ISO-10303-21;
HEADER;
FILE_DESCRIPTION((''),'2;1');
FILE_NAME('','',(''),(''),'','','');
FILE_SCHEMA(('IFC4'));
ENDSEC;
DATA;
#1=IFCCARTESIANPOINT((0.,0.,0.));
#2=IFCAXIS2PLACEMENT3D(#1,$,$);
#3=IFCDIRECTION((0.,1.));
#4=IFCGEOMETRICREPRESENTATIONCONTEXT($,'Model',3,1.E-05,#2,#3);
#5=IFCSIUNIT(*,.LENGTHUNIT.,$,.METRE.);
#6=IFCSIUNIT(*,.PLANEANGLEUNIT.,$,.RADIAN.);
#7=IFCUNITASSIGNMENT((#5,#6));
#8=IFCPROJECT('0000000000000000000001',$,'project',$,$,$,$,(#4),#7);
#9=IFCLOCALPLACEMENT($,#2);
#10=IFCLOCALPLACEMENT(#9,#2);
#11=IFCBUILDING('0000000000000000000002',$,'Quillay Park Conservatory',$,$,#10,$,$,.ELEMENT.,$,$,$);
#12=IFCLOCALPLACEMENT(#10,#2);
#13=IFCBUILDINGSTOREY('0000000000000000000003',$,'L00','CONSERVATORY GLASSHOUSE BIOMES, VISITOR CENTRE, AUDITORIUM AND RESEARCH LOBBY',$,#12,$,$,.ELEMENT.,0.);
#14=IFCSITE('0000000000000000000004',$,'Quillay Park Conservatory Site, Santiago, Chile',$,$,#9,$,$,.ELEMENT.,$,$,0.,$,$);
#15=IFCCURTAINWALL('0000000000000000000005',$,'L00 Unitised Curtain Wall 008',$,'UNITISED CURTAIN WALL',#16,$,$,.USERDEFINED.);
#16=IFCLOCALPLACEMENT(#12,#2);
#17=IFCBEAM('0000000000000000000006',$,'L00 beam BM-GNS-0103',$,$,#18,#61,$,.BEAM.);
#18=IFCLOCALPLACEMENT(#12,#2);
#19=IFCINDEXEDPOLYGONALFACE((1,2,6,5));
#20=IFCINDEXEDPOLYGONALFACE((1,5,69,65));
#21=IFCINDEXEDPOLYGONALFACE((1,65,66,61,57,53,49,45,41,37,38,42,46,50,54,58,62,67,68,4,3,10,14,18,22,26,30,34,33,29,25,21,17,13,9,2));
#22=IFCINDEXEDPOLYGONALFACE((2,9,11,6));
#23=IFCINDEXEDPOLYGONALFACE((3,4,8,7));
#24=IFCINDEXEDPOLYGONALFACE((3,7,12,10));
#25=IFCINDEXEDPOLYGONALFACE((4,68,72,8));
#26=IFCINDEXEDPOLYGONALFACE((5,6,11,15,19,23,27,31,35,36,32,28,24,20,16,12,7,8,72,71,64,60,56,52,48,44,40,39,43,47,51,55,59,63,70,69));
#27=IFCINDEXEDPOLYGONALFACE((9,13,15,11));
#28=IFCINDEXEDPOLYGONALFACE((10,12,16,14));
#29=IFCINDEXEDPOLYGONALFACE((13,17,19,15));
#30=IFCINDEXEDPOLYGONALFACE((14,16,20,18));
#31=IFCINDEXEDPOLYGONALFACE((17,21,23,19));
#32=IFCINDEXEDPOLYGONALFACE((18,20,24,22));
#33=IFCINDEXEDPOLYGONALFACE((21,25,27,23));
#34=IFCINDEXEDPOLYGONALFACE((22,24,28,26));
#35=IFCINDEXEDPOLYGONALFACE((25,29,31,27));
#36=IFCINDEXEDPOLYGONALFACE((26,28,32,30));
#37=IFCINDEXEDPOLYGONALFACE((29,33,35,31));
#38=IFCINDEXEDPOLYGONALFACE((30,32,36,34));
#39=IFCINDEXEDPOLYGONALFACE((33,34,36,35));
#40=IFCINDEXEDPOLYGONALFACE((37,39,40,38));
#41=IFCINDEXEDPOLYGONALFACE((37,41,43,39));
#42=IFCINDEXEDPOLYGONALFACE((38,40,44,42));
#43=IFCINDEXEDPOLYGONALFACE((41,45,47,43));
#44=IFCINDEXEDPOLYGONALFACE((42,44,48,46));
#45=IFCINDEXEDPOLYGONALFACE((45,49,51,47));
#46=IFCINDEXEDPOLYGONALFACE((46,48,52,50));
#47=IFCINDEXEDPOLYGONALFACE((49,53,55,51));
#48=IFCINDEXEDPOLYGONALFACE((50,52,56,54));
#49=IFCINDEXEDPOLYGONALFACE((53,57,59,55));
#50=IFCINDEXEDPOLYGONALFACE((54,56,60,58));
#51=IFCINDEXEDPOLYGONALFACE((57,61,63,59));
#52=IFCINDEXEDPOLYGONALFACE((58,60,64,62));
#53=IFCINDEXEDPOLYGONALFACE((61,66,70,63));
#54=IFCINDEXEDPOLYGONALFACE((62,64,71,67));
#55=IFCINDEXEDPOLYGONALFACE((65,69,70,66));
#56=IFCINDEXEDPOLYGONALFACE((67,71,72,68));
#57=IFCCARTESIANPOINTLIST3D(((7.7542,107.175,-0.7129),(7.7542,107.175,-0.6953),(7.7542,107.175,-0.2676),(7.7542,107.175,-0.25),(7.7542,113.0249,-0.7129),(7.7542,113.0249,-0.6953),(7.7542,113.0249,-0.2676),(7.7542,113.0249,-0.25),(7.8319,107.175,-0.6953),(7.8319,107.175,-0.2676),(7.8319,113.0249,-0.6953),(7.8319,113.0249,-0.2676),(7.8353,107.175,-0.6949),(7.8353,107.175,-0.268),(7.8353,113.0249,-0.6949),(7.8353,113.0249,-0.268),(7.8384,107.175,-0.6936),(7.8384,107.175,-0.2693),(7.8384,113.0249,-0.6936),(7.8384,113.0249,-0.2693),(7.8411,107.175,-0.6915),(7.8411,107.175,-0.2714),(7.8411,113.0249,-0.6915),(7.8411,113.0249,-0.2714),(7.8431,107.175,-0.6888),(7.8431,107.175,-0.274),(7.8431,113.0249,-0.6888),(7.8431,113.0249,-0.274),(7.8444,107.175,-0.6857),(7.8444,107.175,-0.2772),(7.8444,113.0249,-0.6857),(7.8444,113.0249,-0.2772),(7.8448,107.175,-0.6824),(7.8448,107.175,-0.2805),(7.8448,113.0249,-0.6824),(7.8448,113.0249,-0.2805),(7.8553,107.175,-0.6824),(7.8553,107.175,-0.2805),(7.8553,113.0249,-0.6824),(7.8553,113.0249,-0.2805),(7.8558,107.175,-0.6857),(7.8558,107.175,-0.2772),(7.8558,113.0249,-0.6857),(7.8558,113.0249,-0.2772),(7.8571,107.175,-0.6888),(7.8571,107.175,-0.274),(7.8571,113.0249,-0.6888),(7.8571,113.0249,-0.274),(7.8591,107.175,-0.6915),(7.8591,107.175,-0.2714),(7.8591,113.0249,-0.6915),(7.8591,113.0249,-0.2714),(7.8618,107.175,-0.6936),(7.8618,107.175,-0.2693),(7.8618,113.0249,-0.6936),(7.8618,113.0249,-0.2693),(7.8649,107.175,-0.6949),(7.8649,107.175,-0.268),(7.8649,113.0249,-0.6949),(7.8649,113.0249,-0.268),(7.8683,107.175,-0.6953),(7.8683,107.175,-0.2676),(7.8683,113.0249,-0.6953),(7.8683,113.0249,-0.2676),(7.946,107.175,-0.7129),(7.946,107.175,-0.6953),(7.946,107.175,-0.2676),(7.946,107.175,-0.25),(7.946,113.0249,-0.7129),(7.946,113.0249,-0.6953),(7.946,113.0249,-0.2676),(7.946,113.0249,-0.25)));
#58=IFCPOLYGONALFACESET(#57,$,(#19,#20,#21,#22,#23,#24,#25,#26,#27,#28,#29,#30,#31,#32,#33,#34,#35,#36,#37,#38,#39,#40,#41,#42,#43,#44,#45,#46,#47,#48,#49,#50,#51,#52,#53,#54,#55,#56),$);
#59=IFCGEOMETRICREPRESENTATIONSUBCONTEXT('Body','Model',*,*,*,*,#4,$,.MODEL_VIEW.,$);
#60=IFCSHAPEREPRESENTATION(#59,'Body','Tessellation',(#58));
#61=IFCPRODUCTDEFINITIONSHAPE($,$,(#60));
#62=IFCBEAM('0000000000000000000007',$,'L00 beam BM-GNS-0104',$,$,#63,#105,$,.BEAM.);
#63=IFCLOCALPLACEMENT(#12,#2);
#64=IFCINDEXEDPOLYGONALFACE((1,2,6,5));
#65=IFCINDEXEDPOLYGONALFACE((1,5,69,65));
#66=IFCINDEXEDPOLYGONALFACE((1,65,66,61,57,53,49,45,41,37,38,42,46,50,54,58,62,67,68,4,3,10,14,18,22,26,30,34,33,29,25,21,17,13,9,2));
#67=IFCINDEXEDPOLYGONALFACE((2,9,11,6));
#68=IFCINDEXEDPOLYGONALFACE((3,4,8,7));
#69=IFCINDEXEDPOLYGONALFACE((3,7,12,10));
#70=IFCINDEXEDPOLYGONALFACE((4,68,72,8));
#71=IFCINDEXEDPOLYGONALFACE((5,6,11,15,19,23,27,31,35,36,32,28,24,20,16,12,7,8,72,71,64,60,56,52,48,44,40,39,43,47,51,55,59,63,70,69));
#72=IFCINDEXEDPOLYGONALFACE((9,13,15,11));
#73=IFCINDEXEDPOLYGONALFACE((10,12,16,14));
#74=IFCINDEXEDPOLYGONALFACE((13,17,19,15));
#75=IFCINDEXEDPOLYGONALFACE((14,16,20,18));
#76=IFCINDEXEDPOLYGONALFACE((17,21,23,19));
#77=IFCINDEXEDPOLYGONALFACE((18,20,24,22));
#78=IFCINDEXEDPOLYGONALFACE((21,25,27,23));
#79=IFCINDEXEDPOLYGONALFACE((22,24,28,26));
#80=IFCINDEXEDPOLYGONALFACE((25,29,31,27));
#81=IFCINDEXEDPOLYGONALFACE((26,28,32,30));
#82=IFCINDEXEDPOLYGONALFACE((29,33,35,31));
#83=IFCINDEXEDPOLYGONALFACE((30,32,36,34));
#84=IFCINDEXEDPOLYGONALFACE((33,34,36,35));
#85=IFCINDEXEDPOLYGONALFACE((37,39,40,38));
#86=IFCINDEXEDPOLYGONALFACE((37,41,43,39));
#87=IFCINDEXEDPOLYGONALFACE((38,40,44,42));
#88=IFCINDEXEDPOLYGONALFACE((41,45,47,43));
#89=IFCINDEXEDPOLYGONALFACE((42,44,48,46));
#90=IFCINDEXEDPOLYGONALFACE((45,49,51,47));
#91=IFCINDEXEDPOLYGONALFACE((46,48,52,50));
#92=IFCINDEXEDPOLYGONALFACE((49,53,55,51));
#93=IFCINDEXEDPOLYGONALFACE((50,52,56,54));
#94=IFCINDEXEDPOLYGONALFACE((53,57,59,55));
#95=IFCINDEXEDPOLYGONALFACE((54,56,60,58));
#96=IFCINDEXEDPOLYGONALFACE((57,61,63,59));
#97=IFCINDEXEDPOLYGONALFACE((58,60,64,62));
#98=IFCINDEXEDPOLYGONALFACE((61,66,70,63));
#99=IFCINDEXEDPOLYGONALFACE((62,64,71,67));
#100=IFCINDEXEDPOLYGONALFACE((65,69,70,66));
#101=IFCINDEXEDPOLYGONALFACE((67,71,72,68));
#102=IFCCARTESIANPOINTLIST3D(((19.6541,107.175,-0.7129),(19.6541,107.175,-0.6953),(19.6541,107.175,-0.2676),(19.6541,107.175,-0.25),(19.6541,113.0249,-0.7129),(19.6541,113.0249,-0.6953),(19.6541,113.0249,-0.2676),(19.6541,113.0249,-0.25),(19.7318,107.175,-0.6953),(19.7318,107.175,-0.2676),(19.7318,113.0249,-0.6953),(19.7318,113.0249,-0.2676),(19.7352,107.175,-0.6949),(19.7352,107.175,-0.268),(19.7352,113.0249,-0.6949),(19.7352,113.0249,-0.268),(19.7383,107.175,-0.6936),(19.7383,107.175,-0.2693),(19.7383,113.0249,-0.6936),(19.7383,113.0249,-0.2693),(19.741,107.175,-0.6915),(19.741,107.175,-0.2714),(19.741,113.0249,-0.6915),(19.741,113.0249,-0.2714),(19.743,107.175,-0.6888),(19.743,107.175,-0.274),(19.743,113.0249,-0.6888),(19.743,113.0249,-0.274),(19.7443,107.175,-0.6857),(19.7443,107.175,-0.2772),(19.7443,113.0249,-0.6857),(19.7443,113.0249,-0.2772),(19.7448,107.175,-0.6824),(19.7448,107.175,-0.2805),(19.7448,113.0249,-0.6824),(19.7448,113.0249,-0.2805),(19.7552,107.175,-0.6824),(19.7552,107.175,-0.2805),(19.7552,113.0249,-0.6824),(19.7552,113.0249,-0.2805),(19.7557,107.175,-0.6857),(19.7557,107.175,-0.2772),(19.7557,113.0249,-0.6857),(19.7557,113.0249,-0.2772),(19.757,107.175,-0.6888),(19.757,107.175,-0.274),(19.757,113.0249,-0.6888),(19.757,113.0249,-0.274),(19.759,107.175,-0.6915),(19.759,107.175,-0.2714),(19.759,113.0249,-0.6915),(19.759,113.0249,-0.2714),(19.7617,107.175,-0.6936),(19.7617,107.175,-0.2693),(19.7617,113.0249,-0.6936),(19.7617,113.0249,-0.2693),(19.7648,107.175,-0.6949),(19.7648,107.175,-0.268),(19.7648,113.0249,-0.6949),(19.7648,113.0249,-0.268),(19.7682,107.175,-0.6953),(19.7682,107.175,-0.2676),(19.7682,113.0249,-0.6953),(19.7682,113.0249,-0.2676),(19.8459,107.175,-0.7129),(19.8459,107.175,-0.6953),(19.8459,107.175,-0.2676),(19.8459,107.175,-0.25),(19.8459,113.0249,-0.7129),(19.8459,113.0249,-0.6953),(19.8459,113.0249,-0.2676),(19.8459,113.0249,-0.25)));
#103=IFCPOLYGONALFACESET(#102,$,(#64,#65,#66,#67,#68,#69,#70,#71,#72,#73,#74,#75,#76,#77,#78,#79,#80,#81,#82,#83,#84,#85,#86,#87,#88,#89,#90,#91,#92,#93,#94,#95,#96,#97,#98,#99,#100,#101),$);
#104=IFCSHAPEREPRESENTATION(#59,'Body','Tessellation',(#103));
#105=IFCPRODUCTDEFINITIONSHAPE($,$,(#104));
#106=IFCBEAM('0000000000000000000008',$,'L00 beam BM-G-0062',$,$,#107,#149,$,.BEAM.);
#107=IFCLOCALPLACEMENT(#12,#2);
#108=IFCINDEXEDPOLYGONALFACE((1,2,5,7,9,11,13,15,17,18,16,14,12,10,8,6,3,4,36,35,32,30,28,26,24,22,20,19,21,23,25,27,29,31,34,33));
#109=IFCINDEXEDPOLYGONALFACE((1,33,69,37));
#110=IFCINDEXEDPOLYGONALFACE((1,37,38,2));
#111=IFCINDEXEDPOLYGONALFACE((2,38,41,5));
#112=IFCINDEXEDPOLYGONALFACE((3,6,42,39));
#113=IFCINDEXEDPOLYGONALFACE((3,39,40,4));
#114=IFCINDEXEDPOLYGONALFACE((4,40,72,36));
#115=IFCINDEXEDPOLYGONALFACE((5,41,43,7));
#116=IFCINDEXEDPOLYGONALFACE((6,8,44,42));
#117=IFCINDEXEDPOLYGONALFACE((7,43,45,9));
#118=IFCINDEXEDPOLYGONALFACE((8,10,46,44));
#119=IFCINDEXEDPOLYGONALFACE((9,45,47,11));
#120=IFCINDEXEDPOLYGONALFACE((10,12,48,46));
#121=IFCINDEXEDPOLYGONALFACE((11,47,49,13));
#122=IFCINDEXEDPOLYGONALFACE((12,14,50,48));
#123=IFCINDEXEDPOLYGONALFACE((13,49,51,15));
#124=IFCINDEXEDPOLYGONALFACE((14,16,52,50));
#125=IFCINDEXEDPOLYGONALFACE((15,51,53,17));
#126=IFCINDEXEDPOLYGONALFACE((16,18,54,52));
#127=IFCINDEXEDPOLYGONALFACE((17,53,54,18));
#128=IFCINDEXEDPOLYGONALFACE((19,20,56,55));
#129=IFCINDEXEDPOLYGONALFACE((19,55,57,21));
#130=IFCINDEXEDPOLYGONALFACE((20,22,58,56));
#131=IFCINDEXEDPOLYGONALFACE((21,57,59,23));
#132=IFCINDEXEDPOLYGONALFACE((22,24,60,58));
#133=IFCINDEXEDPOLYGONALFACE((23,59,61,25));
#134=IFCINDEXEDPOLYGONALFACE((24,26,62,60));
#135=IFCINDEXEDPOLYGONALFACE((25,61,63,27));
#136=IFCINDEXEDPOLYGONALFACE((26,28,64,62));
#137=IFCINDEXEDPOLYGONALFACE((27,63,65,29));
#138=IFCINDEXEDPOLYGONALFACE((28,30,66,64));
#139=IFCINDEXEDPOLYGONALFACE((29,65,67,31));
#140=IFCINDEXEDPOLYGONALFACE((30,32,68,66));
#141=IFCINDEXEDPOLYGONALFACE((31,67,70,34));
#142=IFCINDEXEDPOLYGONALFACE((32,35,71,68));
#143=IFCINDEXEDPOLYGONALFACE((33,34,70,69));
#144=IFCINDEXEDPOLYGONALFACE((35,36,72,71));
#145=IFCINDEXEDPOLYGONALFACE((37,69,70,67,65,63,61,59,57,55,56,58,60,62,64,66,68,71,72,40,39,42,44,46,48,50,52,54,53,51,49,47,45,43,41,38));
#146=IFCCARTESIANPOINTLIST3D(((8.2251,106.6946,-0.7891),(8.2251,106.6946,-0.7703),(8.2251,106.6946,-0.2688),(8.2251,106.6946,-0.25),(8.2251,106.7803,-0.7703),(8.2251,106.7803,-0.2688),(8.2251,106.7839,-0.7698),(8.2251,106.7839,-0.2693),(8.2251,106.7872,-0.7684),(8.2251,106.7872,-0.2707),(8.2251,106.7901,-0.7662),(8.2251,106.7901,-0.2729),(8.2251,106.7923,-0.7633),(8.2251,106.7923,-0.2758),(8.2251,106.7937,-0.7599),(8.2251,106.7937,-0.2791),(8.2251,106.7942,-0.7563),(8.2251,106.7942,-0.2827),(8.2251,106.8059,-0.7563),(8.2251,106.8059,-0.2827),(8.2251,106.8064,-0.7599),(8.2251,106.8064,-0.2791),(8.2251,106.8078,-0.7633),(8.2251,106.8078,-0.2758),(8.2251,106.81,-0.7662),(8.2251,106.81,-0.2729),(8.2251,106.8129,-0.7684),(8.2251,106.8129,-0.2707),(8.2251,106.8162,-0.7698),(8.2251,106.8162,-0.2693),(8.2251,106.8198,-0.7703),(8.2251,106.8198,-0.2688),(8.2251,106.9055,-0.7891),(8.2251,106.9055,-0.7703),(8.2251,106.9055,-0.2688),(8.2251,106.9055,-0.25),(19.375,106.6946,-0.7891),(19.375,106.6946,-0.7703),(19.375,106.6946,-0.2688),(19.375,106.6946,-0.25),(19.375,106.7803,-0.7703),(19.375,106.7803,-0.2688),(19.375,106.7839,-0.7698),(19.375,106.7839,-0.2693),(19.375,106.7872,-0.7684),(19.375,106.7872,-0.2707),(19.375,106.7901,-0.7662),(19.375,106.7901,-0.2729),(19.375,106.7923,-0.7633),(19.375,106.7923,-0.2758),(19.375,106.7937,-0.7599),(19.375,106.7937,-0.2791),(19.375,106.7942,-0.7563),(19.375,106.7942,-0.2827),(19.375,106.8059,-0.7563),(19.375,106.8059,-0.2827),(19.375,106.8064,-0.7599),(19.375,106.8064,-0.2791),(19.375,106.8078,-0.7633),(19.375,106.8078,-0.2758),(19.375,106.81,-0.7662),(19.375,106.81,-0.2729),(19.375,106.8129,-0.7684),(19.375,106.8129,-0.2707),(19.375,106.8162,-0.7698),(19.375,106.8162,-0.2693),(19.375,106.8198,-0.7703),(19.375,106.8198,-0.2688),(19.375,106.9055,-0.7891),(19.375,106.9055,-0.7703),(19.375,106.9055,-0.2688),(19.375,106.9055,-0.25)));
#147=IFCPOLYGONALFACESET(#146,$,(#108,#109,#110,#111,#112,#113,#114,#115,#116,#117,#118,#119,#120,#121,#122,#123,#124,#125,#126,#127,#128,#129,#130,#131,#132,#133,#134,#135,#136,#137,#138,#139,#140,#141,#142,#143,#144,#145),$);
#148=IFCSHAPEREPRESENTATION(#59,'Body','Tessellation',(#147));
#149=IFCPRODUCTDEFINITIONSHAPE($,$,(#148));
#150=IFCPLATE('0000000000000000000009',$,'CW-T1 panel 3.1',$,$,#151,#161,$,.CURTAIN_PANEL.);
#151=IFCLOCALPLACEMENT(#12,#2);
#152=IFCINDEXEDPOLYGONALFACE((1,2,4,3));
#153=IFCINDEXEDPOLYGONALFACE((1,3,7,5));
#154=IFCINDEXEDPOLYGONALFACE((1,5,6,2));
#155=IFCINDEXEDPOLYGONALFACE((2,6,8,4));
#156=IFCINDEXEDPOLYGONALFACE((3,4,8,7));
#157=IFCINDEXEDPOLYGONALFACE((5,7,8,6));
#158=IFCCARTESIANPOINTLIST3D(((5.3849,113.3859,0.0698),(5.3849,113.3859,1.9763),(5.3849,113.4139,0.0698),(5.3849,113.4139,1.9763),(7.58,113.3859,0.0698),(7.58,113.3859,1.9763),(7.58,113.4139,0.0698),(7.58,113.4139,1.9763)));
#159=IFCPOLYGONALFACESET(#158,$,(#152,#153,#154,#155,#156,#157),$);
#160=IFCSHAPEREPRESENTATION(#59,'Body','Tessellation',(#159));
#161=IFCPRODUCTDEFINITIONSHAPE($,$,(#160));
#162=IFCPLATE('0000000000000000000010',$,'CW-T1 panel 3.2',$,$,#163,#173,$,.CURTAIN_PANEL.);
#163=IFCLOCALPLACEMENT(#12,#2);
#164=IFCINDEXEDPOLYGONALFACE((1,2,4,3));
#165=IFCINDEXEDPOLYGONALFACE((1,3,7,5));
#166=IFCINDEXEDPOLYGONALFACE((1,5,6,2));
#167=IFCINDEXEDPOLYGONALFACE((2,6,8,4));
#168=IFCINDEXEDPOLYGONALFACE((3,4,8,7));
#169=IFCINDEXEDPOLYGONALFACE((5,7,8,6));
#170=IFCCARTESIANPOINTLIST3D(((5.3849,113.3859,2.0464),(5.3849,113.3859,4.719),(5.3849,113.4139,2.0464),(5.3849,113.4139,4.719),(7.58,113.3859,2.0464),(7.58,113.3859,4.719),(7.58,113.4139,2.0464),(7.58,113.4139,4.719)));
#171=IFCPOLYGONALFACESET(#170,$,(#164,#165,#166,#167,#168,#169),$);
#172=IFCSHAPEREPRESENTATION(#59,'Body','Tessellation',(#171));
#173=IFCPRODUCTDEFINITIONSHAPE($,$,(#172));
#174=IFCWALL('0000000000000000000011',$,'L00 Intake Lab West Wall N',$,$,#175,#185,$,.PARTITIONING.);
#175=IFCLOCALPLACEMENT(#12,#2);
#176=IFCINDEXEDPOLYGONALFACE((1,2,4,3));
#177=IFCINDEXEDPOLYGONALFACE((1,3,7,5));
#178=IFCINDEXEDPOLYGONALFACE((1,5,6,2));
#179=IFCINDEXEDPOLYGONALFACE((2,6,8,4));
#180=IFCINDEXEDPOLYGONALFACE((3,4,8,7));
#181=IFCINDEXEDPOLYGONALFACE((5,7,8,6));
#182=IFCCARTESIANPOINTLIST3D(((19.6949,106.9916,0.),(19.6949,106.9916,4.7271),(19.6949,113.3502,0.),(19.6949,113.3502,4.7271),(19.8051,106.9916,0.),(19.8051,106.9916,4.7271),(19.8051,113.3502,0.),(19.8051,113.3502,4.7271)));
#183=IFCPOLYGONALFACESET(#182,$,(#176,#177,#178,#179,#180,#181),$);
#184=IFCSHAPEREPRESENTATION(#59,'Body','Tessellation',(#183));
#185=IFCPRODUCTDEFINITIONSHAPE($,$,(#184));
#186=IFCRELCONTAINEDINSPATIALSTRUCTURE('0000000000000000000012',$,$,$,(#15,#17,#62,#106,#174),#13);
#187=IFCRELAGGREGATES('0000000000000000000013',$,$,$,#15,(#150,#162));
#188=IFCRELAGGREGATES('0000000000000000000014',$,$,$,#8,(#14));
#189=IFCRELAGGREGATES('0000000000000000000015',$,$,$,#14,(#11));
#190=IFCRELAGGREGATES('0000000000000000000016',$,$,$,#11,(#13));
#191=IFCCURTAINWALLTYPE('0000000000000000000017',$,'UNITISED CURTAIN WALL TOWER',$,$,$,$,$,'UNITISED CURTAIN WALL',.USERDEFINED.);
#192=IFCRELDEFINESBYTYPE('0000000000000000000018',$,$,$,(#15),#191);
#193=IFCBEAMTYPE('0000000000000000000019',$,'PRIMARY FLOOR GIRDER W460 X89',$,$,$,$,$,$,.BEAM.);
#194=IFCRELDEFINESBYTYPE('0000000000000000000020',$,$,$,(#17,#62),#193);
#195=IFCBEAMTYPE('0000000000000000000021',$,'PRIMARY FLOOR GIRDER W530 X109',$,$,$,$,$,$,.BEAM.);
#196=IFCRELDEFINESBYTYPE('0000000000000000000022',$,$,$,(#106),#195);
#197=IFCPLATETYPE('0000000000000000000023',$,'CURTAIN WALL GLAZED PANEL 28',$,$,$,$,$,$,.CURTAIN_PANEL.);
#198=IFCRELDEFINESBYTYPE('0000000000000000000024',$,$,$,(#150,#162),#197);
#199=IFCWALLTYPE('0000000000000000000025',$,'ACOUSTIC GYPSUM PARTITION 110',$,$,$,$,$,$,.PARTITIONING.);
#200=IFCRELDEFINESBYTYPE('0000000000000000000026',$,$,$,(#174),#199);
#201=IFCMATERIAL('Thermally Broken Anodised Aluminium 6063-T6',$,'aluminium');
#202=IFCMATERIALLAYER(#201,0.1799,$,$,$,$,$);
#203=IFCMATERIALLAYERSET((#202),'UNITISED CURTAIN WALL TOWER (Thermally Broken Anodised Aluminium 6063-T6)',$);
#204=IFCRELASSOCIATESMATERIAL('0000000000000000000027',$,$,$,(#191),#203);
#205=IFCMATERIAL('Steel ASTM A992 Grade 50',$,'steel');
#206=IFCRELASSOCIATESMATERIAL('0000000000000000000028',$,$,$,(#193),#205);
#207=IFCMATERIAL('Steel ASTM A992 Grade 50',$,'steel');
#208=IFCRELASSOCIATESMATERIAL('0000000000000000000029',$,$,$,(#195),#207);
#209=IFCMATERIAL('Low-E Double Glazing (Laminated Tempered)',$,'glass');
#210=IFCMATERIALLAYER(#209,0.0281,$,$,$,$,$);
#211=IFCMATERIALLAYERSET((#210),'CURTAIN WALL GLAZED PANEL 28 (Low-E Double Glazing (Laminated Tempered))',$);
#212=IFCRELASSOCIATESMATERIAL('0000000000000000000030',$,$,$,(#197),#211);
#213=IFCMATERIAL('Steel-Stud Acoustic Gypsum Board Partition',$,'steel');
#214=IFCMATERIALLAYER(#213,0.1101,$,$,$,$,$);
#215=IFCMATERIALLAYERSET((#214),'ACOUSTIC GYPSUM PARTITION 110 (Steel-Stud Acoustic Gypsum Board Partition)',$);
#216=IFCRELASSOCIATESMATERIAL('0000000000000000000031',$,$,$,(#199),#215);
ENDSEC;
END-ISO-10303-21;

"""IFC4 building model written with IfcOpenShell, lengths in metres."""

from ifc_helpers import new_model, si_unit, direction, frame, frame_2d, origin, origin_2d, place, context, subcontext, project, spatial, rectangle, i_section, extrude, material, layer, layer_set, material_profile, profile_set, type_object, element, aggregate, save


model = new_model("IFC4")

# Units and contexts
model_context = context("Model", 3, precision=1e-05, world=origin(), true_north=direction((0.0, 1.0)))
body_context = subcontext(model_context, "Body", "Model", "MODEL_VIEW")
ifc_project = project(units=[si_unit("LENGTHUNIT", "METRE"), si_unit("PLANEANGLEUNIT", "RADIAN")], contexts=[model_context])

# Site, building, storey
site_placement = place(None, origin())
site = spatial("IfcSite", under=ifc_project, at=site_placement, Name="Quillay Park Conservatory Site, Santiago, Chile", CompositionType="ELEMENT", RefElevation=0.0)
building_placement = place(site_placement, origin())
building = spatial("IfcBuilding", under=site, at=building_placement, Name="Quillay Park Conservatory", CompositionType="ELEMENT")
storey_placement = place(building_placement, origin())
storey = spatial("IfcBuildingStorey", under=building, at=storey_placement, Name="L00", Description="CONSERVATORY GLASSHOUSE BIOMES, VISITOR CENTRE, AUDITORIUM AND RESEARCH LOBBY", CompositionType="ELEMENT", Elevation=0.0)

# Curtain wall
ifc_material_1 = material(Name="Thermally Broken Anodised Aluminium 6063-T6", Category="aluminium")
ifc_layer_1 = layer(ifc_material_1, 0.1799)
ifc_layer_set_1 = layer_set([ifc_layer_1], Name="UNITISED CURTAIN WALL TOWER (Thermally Broken Anodised Aluminium 6063-T6)")
curtain_wall_type = type_object("IfcCurtainWallType", Name="UNITISED CURTAIN WALL TOWER", ElementType="UNITISED CURTAIN WALL", PredefinedType="USERDEFINED", material=ifc_layer_set_1)
curtain_wall_placement = place(storey_placement, origin())
curtain_wall = element("IfcCurtainWall", 1, at=curtain_wall_placement, inside=storey, type_object=curtain_wall_type, Name="L00 Unitised Curtain Wall 008", ObjectType="UNITISED CURTAIN WALL", PredefinedType="USERDEFINED")

# Beams
ifc_material_2 = material(Name="Steel ASTM A992 Grade 50", Category="steel")
ifc_material_profile_1 = material_profile(ifc_material_2, i_section(OverallWidth=0.1919, OverallDepth=0.4629, WebThickness=0.0105, FlangeThickness=0.0176, FilletRadius=0.0129, at=origin_2d()), Name="W460x89")
ifc_profile_set_1 = profile_set([ifc_material_profile_1], Name="Steel ASTM A992 Grade 50")
beam_type_1 = type_object("IfcBeamType", Name="PRIMARY FLOOR GIRDER W460 X89", PredefinedType="BEAM", material=ifc_profile_set_1)
for number, where, z_axis, x_axis, name in (
    (2, (7.8501, 107.175, -0.4814), (0.0, 1.0, 0.0), (-1.0, 0.0, 0.0), "L00 beam BM-GNS-0103"),
    (3, (19.75, 107.175, -0.4814), (0.0, 1.0, 0.0), (-1.0, 0.0, 0.0), "L00 beam BM-GNS-0104"),
):
    element("IfcBeam", number, at=place(storey_placement, frame(where, z_axis=z_axis, x_axis=x_axis)), inside=storey, type_object=beam_type_1, Name=name, PredefinedType="BEAM", context=body_context, shape_type="SweptSolid", body=[
        extrude(i_section(OverallWidth=0.1919, OverallDepth=0.4629, WebThickness=0.0105, FlangeThickness=0.0176, FilletRadius=0.0129, at=origin_2d()), origin(), (0.0, 0.0, 1.0), 5.8499),
    ])
ifc_material_3 = material(Name="Steel ASTM A992 Grade 50", Category="steel")
ifc_material_profile_2 = material_profile(ifc_material_3, i_section(OverallWidth=0.2109, OverallDepth=0.5391, WebThickness=0.0117, FlangeThickness=0.0188, FilletRadius=0.0139, at=origin_2d()), Name="W530x109")
ifc_profile_set_2 = profile_set([ifc_material_profile_2], Name="Steel ASTM A992 Grade 50")
beam_type_2 = type_object("IfcBeamType", Name="PRIMARY FLOOR GIRDER W530 X109", PredefinedType="BEAM", material=ifc_profile_set_2)
beam_1_placement = place(storey_placement, frame((8.2251, 106.8, -0.5195), z_axis=(1.0, 0.0, 0.0), x_axis=(0.0, 1.0, 0.0)))
element("IfcBeam", 4, at=beam_1_placement, inside=storey, type_object=beam_type_2, Name="L00 beam BM-G-0062", PredefinedType="BEAM", context=body_context, shape_type="SweptSolid", body=[
    extrude(i_section(OverallWidth=0.2109, OverallDepth=0.5391, WebThickness=0.0117, FlangeThickness=0.0188, FilletRadius=0.0139, at=origin_2d()), origin(), (0.0, 0.0, 1.0), 11.1499),
])

# Plates
ifc_material_4 = material(Name="Low-E Double Glazing (Laminated Tempered)", Category="glass")
ifc_layer_2 = layer(ifc_material_4, 0.0281)
ifc_layer_set_2 = layer_set([ifc_layer_2], Name="CURTAIN WALL GLAZED PANEL 28 (Low-E Double Glazing (Laminated Tempered))")
plate_type = type_object("IfcPlateType", Name="CURTAIN WALL GLAZED PANEL 28", PredefinedType="CURTAIN_PANEL", material=ifc_layer_set_2)
plate_1_placement = place(storey_placement, frame((6.4824, 113.3999, 0.0698), z_axis=(0.0, 0.0, 1.0), x_axis=(1.0, 0.0, 0.0)))
plate_1 = element("IfcPlate", 5, at=plate_1_placement, type_object=plate_type, Name="CW-T1 panel 3.1", PredefinedType="CURTAIN_PANEL", context=body_context, shape_type="SweptSolid", body=[
    extrude(rectangle(XDim=2.1951, YDim=0.0281, at=origin_2d()), origin(), (0.0, 0.0, 1.0), 1.9065),
])
plate_2_placement = place(storey_placement, frame((6.4824, 113.3999, 2.0464), z_axis=(0.0, 0.0, 1.0), x_axis=(1.0, 0.0, 0.0)))
plate_2 = element("IfcPlate", 6, at=plate_2_placement, type_object=plate_type, Name="CW-T1 panel 3.2", PredefinedType="CURTAIN_PANEL", context=body_context, shape_type="SweptSolid", body=[
    extrude(rectangle(XDim=2.1951, YDim=0.0281, at=origin_2d()), origin(), (0.0, 0.0, 1.0), 2.6726),
])
aggregate(curtain_wall, [plate_1, plate_2])

# Wall
ifc_material_5 = material(Name="Steel-Stud Acoustic Gypsum Board Partition", Category="steel")
ifc_layer_3 = layer(ifc_material_5, 0.1101)
ifc_layer_set_3 = layer_set([ifc_layer_3], Name="ACOUSTIC GYPSUM PARTITION 110 (Steel-Stud Acoustic Gypsum Board Partition)")
wall_type_1 = type_object("IfcWallType", Name="ACOUSTIC GYPSUM PARTITION 110", PredefinedType="PARTITIONING", material=ifc_layer_set_3)
wall_1_placement = place(storey_placement, frame((19.75, 113.3501, 0.0), z_axis=(0.0, 0.0, 1.0), x_axis=(0.0, -1.0, 0.0)))
element("IfcWall", 7, at=wall_1_placement, inside=storey, type_object=wall_type_1, Name="L00 Intake Lab West Wall N", PredefinedType="PARTITIONING", context=body_context, shape_type="SweptSolid", body=[
    extrude(rectangle(XDim=6.3586, YDim=0.1101, at=frame_2d((3.1792, 0.0))), origin(), (0.0, 0.0, 1.0), 4.7271),
])

save(model, "model.ifc")
